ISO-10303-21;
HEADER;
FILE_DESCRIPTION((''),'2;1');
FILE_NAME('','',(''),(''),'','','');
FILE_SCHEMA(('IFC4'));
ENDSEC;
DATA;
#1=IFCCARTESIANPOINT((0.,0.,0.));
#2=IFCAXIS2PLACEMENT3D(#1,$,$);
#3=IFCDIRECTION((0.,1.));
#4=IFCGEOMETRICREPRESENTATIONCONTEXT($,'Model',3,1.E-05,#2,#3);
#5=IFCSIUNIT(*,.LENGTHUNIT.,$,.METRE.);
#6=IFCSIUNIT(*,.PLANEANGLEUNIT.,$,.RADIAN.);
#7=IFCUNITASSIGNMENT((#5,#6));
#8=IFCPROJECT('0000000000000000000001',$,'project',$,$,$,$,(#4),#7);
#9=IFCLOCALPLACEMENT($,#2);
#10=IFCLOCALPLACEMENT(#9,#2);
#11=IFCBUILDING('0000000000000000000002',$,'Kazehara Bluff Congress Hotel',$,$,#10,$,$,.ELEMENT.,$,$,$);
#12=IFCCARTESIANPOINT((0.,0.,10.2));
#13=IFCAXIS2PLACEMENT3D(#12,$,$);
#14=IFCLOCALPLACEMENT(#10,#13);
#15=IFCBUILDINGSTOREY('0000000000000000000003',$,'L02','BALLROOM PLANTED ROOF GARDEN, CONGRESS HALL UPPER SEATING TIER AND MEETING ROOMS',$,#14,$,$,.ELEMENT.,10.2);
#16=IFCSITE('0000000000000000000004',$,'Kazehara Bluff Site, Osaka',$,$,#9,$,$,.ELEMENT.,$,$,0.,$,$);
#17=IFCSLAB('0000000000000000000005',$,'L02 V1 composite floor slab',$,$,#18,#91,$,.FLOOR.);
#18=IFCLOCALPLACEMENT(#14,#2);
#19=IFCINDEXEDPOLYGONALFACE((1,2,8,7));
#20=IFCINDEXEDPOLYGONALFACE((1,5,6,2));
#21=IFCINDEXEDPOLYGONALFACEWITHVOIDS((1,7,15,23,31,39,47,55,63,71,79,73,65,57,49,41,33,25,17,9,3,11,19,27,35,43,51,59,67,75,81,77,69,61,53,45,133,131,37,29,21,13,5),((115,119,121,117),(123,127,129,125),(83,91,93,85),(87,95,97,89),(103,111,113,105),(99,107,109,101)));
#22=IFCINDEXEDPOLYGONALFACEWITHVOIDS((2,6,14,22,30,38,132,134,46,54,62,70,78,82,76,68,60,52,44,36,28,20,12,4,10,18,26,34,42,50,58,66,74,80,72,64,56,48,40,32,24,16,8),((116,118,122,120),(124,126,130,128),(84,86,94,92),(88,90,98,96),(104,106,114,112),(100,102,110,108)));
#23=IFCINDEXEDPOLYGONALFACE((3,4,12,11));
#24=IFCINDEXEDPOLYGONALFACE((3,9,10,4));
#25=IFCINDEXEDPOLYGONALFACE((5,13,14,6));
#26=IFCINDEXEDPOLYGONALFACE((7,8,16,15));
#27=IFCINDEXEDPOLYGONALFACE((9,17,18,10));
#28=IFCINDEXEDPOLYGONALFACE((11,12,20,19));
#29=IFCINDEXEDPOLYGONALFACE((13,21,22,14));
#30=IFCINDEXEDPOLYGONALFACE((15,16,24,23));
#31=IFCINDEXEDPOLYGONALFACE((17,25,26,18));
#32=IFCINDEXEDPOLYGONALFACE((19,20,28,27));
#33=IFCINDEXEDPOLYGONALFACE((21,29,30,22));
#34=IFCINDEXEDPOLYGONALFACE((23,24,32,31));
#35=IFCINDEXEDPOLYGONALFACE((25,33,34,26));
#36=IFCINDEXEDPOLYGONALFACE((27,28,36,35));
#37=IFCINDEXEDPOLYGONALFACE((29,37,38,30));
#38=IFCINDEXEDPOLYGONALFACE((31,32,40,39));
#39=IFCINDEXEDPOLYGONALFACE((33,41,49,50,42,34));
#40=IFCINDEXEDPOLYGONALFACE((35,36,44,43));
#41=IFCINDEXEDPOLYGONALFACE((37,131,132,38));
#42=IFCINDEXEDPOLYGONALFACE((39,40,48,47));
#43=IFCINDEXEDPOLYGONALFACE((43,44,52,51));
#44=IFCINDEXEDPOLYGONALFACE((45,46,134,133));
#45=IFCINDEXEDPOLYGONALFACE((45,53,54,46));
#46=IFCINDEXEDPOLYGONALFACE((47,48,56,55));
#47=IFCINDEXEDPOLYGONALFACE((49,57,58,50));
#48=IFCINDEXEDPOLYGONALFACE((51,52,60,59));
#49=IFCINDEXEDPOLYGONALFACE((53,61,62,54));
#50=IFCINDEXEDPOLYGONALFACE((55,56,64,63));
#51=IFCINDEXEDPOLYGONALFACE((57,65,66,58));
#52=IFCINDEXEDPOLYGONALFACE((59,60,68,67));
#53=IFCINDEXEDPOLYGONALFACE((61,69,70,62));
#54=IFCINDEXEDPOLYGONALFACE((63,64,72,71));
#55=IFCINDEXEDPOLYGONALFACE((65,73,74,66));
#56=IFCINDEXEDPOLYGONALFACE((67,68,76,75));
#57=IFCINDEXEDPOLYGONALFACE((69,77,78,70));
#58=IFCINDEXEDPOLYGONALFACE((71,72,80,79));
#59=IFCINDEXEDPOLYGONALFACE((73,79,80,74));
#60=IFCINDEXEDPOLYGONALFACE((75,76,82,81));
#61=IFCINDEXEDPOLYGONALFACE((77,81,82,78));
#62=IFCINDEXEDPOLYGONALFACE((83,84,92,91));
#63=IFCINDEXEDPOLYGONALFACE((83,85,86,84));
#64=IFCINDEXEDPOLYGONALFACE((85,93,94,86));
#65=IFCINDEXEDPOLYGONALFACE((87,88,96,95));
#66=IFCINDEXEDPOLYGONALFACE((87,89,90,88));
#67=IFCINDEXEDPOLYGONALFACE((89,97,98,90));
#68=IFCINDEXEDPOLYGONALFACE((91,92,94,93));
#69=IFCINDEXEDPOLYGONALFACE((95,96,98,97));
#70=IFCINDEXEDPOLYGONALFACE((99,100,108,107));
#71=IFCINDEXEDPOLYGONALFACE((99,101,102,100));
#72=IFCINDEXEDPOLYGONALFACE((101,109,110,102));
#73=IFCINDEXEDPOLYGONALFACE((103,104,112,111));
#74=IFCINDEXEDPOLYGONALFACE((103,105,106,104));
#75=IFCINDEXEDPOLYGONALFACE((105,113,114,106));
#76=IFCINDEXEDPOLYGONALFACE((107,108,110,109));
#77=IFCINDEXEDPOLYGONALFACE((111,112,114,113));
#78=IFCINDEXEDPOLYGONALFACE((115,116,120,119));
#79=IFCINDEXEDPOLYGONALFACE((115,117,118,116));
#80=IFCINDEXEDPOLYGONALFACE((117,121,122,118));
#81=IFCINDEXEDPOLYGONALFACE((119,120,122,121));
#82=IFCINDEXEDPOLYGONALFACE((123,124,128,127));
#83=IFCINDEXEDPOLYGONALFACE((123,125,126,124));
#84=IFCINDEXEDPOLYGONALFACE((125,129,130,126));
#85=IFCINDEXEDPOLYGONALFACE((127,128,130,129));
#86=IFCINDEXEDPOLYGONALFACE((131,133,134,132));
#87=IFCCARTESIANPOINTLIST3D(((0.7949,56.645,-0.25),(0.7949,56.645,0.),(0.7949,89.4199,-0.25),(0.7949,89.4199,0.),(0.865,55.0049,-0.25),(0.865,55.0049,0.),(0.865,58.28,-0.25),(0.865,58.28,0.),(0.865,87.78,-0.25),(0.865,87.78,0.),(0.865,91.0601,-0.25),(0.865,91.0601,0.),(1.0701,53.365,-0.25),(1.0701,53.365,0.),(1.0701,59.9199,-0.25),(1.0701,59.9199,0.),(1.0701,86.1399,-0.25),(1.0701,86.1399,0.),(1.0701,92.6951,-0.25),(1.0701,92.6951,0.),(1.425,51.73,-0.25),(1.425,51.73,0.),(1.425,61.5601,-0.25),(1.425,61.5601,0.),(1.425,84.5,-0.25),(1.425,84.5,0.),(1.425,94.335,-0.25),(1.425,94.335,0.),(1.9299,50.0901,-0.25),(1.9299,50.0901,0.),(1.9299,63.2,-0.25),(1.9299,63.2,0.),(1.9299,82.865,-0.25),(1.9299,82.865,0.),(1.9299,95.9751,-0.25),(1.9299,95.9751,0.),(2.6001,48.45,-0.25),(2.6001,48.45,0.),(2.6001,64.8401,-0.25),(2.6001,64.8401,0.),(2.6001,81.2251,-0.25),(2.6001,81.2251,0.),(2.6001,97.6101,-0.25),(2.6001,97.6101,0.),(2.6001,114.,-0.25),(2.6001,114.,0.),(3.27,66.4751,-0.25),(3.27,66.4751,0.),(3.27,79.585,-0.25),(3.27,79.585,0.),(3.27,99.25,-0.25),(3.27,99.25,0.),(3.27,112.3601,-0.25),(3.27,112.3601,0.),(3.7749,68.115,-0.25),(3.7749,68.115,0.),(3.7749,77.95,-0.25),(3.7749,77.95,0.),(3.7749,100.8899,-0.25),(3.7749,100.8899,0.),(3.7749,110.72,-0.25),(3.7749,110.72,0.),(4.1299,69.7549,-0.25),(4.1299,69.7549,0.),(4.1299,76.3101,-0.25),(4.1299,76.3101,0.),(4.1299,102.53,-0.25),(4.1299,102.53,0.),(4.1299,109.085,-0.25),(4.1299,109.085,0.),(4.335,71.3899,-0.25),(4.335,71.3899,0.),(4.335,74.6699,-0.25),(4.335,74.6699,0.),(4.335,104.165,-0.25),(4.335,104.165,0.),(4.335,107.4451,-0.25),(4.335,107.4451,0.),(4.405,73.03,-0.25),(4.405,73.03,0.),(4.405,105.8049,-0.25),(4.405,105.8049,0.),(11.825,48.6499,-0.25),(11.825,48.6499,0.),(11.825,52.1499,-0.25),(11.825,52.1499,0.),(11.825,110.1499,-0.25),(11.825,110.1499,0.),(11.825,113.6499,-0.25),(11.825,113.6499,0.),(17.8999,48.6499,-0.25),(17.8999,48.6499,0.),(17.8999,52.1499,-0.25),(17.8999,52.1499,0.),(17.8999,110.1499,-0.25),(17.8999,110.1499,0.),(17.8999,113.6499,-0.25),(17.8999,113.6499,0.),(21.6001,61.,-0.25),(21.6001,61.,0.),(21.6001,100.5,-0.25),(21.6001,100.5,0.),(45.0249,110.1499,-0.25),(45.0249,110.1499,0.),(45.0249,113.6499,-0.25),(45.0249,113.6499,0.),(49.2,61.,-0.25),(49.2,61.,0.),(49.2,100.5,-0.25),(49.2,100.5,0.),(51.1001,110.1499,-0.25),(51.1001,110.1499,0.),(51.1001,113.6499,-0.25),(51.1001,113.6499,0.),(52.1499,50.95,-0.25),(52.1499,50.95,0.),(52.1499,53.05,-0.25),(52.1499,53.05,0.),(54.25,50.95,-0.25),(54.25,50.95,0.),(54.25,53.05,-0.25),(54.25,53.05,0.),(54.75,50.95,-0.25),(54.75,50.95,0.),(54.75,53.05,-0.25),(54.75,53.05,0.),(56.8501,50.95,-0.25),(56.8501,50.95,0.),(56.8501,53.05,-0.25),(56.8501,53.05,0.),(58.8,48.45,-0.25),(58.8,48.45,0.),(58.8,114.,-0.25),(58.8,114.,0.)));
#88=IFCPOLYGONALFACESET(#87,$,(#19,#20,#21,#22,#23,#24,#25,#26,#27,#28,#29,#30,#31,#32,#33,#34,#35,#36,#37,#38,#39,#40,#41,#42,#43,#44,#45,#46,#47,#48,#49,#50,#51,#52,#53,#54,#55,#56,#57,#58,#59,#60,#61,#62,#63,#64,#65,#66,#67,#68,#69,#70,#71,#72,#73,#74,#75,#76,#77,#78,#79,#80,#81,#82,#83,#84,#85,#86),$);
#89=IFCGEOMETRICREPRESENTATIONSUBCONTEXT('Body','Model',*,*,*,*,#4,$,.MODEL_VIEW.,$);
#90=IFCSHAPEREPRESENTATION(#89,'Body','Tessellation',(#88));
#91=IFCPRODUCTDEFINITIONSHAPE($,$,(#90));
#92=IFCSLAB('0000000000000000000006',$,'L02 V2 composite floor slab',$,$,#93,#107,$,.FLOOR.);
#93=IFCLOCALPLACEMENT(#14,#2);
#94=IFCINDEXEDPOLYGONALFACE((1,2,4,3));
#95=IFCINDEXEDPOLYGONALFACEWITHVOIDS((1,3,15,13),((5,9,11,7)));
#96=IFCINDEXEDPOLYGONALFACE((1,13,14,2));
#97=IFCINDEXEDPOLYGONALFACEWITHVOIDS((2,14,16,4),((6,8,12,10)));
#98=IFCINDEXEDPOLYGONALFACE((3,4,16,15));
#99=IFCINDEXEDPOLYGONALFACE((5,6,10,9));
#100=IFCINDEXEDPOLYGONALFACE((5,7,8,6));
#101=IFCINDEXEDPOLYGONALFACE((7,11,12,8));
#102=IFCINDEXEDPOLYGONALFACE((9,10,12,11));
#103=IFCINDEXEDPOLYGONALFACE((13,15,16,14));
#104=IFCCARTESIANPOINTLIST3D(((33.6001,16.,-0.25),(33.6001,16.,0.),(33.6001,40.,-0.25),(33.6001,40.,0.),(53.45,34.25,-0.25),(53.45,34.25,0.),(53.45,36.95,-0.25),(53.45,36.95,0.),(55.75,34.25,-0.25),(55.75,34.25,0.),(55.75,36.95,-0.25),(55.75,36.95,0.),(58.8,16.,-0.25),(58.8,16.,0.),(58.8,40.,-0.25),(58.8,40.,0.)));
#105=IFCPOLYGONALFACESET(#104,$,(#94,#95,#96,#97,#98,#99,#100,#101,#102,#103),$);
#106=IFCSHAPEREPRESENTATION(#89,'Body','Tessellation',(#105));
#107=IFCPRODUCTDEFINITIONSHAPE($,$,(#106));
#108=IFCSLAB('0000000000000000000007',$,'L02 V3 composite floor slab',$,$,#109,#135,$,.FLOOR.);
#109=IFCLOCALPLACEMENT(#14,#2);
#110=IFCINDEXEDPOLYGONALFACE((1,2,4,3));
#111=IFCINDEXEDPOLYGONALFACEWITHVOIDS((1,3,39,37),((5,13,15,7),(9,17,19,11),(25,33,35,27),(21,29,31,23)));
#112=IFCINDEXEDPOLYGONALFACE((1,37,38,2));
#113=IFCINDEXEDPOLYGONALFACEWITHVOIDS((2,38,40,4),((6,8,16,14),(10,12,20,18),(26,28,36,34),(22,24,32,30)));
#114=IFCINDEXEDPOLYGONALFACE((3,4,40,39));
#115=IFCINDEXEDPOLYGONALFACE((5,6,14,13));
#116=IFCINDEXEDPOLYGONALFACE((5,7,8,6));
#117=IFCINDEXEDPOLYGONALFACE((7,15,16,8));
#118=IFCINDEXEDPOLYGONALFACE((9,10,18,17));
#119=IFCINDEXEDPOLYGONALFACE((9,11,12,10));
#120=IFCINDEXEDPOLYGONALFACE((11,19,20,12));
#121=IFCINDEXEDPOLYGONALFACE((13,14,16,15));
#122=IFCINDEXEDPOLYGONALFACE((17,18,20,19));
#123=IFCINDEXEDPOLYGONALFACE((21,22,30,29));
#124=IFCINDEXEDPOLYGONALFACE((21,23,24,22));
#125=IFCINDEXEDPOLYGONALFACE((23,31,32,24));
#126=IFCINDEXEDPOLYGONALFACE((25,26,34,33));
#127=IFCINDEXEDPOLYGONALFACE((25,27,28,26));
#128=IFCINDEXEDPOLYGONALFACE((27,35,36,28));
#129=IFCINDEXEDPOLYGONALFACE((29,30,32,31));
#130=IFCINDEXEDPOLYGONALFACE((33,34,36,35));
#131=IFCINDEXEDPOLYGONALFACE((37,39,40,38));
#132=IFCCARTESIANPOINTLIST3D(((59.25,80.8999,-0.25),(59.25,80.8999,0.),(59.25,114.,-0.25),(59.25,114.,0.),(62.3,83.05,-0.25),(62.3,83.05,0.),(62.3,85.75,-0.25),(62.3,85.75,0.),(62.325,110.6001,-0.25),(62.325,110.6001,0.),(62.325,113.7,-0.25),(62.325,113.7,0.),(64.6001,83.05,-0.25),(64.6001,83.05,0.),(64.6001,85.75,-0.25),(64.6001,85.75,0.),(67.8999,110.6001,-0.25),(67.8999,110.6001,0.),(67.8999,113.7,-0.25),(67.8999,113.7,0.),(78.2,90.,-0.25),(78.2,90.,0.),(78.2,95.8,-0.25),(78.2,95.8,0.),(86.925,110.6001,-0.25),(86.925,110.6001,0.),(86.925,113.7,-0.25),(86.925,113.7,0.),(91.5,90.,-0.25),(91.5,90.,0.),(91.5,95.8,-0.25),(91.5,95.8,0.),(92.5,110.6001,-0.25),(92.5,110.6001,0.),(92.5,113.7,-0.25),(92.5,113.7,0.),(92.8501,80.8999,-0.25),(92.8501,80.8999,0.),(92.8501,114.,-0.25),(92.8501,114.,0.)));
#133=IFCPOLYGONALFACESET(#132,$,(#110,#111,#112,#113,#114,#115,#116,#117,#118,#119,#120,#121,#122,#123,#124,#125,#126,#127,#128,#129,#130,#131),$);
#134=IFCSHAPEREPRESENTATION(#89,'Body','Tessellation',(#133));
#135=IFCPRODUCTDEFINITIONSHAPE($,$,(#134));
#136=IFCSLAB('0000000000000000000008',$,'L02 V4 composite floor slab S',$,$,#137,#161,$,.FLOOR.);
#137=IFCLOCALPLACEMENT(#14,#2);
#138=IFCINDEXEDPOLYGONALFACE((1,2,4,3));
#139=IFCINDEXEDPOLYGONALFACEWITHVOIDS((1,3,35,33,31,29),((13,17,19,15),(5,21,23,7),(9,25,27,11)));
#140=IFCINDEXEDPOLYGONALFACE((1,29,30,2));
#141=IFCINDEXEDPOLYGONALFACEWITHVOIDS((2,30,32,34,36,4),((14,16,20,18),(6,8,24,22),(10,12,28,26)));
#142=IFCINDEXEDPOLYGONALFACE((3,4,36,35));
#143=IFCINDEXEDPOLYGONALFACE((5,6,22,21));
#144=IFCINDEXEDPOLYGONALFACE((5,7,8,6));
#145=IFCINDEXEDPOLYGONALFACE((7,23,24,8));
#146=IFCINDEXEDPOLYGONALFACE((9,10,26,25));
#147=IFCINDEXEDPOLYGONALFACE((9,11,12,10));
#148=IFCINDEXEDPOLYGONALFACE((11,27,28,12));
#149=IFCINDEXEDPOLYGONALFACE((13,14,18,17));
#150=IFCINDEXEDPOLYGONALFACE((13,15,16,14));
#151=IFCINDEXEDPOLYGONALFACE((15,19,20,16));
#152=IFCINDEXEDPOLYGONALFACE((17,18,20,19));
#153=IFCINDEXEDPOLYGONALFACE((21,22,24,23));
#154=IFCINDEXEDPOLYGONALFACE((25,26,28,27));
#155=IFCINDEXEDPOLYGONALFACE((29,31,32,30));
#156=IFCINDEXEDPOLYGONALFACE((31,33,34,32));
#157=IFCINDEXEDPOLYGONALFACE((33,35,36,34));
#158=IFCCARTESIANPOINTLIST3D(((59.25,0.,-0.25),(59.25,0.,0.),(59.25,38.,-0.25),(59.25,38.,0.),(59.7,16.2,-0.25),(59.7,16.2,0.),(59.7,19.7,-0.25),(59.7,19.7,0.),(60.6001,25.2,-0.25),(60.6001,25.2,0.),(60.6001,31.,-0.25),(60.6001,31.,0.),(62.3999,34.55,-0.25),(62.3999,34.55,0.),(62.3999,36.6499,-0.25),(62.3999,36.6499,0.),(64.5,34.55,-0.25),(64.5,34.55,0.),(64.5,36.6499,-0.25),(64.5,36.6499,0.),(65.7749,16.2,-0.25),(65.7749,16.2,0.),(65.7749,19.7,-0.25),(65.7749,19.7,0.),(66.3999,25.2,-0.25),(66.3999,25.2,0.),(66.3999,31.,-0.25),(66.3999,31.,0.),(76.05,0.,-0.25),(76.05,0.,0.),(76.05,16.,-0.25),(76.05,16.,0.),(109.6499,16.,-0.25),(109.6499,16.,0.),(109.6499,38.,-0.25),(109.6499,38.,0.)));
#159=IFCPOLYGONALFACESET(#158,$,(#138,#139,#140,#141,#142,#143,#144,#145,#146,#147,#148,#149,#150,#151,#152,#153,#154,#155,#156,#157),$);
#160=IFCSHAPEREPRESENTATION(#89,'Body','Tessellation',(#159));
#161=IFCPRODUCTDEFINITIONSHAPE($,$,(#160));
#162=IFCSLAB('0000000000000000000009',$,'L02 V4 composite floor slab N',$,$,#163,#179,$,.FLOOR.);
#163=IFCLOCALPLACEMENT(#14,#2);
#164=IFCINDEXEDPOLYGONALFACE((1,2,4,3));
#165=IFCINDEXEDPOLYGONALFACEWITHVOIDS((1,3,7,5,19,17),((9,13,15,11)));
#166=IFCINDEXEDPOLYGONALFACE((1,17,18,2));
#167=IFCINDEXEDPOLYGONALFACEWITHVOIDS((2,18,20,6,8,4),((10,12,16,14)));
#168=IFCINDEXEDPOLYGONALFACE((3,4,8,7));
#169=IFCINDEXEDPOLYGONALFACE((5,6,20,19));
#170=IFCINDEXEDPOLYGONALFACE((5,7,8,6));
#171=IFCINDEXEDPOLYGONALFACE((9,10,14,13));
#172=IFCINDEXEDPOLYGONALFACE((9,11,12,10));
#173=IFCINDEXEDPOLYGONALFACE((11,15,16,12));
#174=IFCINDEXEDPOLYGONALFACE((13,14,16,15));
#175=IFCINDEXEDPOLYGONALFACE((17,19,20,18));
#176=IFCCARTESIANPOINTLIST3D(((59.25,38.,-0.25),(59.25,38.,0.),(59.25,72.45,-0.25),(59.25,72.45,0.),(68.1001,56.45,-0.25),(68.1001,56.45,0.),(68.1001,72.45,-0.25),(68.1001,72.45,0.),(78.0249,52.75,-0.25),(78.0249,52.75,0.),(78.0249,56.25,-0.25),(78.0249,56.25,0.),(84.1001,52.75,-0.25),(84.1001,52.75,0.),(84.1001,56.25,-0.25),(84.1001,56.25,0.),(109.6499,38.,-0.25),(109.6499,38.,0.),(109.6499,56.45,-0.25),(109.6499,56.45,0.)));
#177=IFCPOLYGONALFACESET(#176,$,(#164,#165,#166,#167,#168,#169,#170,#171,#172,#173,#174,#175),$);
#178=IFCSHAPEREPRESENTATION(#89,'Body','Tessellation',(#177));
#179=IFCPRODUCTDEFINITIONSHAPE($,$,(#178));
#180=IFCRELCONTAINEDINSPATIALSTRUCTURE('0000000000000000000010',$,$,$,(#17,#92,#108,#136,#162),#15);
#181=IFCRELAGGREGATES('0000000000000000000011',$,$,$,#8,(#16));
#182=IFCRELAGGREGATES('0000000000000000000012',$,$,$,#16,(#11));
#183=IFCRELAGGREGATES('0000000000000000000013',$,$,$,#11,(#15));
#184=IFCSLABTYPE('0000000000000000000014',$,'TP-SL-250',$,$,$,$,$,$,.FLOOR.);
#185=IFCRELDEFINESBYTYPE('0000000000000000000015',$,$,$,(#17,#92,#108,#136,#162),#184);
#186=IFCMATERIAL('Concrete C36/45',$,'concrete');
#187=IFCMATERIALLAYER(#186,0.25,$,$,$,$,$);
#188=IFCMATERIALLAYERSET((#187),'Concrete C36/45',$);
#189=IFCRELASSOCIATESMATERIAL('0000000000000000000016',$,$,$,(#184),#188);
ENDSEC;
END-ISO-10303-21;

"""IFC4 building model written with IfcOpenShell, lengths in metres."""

from ifc_helpers import new_model, si_unit, direction, frame, origin, place, context, subcontext, project, spatial, polyline, outline, extrude, material, layer, layer_set, type_object, element, save


model = new_model("IFC4")

# Units and contexts
model_context = context("Model", 3, precision=1e-05, world=origin(), true_north=direction((0.0, 1.0)))
body_context = subcontext(model_context, "Body", "Model", "MODEL_VIEW")
ifc_project = project(units=[si_unit("LENGTHUNIT", "METRE"), si_unit("PLANEANGLEUNIT", "RADIAN")], contexts=[model_context])

# Site, building, storey
site_placement = place(None, origin())
site = spatial("IfcSite", under=ifc_project, at=site_placement, Name="Kazehara Bluff Site, Osaka", CompositionType="ELEMENT", RefElevation=0.0)
building_placement = place(site_placement, origin())
building = spatial("IfcBuilding", under=site, at=building_placement, Name="Kazehara Bluff Congress Hotel", CompositionType="ELEMENT")
storey_placement = place(building_placement, frame((0.0, 0.0, 10.2)))
storey = spatial("IfcBuildingStorey", under=building, at=storey_placement, Name="L02", Description="BALLROOM PLANTED ROOF GARDEN, CONGRESS HALL UPPER SEATING TIER AND MEETING ROOMS", CompositionType="ELEMENT", Elevation=10.2)

# Slabs
ifc_material_1 = material(Name="Concrete C36/45", Category="concrete")
ifc_layer_1 = layer(ifc_material_1, 0.25)
ifc_layer_set_1 = layer_set([ifc_layer_1], Name="Concrete C36/45")
slab_type_1 = type_object("IfcSlabType", Name="TP-SL-250", PredefinedType="FLOOR", material=ifc_layer_set_1)
slab_1_placement = place(storey_placement, frame((0.0, 0.0, -0.25)))
element("IfcSlab", 1, at=slab_1_placement, inside=storey, type_object=slab_type_1, Name="L02 V1 composite floor slab", PredefinedType="FLOOR", context=body_context, shape_type="SweptSolid", body=[
    extrude(outline(polyline([(58.8, 48.45), (58.8, 114.0), (2.6001, 114.0), (3.27, 112.3601), (3.7749, 110.72), (4.1299, 109.085), (4.335, 107.4451), (4.405, 105.8049), (4.335, 104.165), (4.1299, 102.53), (3.7749, 100.8899), (3.27, 99.25), (2.6001, 97.6101), (1.9299, 95.9751), (1.425, 94.335), (1.0701, 92.6951), (0.865, 91.0601), (0.7949, 89.4199), (0.865, 87.78), (1.0701, 86.1399), (1.425, 84.5), (1.9299, 82.865), (2.6001, 81.2251), (3.27, 79.585), (3.7749, 77.95), (4.1299, 76.3101), (4.335, 74.6699), (4.405, 73.03), (4.335, 71.3899), (4.1299, 69.7549), (3.7749, 68.115), (3.27, 66.4751), (2.6001, 64.8401), (1.9299, 63.2), (1.425, 61.5601), (1.0701, 59.9199), (0.865, 58.28), (0.7949, 56.645), (0.865, 55.0049), (1.0701, 53.365), (1.425, 51.73), (1.9299, 50.0901), (2.6001, 48.45), (58.8, 48.45)]), holes=[polyline([(11.825, 110.1499), (17.8999, 110.1499), (17.8999, 113.6499), (11.825, 113.6499), (11.825, 110.1499)]), polyline([(45.0249, 110.1499), (51.1001, 110.1499), (51.1001, 113.6499), (45.0249, 113.6499), (45.0249, 110.1499)]), polyline([(11.825, 48.6499), (17.8999, 48.6499), (17.8999, 52.1499), (11.825, 52.1499), (11.825, 48.6499)]), polyline([(52.1499, 50.95), (54.25, 50.95), (54.25, 53.05), (52.1499, 53.05), (52.1499, 50.95)]), polyline([(54.75, 50.95), (56.8501, 50.95), (56.8501, 53.05), (54.75, 53.05), (54.75, 50.95)]), polyline([(21.6001, 61.0), (49.2, 61.0), (49.2, 100.5), (21.6001, 100.5), (21.6001, 61.0)])]), origin(), (0.0, 0.0, 1.0), 0.25),
])
slab_2_placement = place(storey_placement, frame((0.0, 0.0, -0.25)))
element("IfcSlab", 2, at=slab_2_placement, inside=storey, type_object=slab_type_1, Name="L02 V2 composite floor slab", PredefinedType="FLOOR", context=body_context, shape_type="SweptSolid", body=[
    extrude(outline(polyline([(33.6001, 16.0), (58.8, 16.0), (58.8, 40.0), (33.6001, 40.0), (33.6001, 16.0)]), holes=[polyline([(53.45, 34.25), (55.75, 34.25), (55.75, 36.95), (53.45, 36.95), (53.45, 34.25)])]), origin(), (0.0, 0.0, 1.0), 0.25),
])
slab_3_placement = place(storey_placement, frame((0.0, 0.0, -0.25)))
element("IfcSlab", 3, at=slab_3_placement, inside=storey, type_object=slab_type_1, Name="L02 V3 composite floor slab", PredefinedType="FLOOR", context=body_context, shape_type="SweptSolid", body=[
    extrude(outline(polyline([(59.25, 80.8999), (92.8501, 80.8999), (92.8501, 114.0), (59.25, 114.0), (59.25, 80.8999)]), holes=[polyline([(62.325, 110.6001), (67.8999, 110.6001), (67.8999, 113.7), (62.325, 113.7), (62.325, 110.6001)]), polyline([(86.925, 110.6001), (92.5, 110.6001), (92.5, 113.7), (86.925, 113.7), (86.925, 110.6001)]), polyline([(62.3, 83.05), (64.6001, 83.05), (64.6001, 85.75), (62.3, 85.75), (62.3, 83.05)]), polyline([(78.2, 90.0), (91.5, 90.0), (91.5, 95.8), (78.2, 95.8), (78.2, 90.0)])]), origin(), (0.0, 0.0, 1.0), 0.25),
])
slab_4_placement = place(storey_placement, frame((0.0, 0.0, -0.25)))
element("IfcSlab", 4, at=slab_4_placement, inside=storey, type_object=slab_type_1, Name="L02 V4 composite floor slab S", PredefinedType="FLOOR", context=body_context, shape_type="SweptSolid", body=[
    extrude(outline(polyline([(109.6499, 16.0), (76.05, 16.0), (76.05, 0.0), (59.25, 0.0), (59.25, 38.0), (109.6499, 38.0), (109.6499, 16.0)]), holes=[polyline([(65.7749, 19.7), (59.7, 19.7), (59.7, 16.2), (65.7749, 16.2), (65.7749, 19.7)]), polyline([(62.3999, 34.55), (64.5, 34.55), (64.5, 36.6499), (62.3999, 36.6499), (62.3999, 34.55)]), polyline([(60.6001, 25.2), (66.3999, 25.2), (66.3999, 31.0), (60.6001, 31.0), (60.6001, 25.2)])]), origin(), (0.0, 0.0, 1.0), 0.25),
])
slab_5_placement = place(storey_placement, frame((0.0, 0.0, -0.25)))
element("IfcSlab", 5, at=slab_5_placement, inside=storey, type_object=slab_type_1, Name="L02 V4 composite floor slab N", PredefinedType="FLOOR", context=body_context, shape_type="SweptSolid", body=[
    extrude(outline(polyline([(59.25, 72.45), (68.1001, 72.45), (68.1001, 56.45), (109.6499, 56.45), (109.6499, 38.0), (59.25, 38.0), (59.25, 72.45)]), holes=[polyline([(78.0249, 52.75), (84.1001, 52.75), (84.1001, 56.25), (78.0249, 56.25), (78.0249, 52.75)])]), origin(), (0.0, 0.0, 1.0), 0.25),
])

save(model, "model.ifc")
